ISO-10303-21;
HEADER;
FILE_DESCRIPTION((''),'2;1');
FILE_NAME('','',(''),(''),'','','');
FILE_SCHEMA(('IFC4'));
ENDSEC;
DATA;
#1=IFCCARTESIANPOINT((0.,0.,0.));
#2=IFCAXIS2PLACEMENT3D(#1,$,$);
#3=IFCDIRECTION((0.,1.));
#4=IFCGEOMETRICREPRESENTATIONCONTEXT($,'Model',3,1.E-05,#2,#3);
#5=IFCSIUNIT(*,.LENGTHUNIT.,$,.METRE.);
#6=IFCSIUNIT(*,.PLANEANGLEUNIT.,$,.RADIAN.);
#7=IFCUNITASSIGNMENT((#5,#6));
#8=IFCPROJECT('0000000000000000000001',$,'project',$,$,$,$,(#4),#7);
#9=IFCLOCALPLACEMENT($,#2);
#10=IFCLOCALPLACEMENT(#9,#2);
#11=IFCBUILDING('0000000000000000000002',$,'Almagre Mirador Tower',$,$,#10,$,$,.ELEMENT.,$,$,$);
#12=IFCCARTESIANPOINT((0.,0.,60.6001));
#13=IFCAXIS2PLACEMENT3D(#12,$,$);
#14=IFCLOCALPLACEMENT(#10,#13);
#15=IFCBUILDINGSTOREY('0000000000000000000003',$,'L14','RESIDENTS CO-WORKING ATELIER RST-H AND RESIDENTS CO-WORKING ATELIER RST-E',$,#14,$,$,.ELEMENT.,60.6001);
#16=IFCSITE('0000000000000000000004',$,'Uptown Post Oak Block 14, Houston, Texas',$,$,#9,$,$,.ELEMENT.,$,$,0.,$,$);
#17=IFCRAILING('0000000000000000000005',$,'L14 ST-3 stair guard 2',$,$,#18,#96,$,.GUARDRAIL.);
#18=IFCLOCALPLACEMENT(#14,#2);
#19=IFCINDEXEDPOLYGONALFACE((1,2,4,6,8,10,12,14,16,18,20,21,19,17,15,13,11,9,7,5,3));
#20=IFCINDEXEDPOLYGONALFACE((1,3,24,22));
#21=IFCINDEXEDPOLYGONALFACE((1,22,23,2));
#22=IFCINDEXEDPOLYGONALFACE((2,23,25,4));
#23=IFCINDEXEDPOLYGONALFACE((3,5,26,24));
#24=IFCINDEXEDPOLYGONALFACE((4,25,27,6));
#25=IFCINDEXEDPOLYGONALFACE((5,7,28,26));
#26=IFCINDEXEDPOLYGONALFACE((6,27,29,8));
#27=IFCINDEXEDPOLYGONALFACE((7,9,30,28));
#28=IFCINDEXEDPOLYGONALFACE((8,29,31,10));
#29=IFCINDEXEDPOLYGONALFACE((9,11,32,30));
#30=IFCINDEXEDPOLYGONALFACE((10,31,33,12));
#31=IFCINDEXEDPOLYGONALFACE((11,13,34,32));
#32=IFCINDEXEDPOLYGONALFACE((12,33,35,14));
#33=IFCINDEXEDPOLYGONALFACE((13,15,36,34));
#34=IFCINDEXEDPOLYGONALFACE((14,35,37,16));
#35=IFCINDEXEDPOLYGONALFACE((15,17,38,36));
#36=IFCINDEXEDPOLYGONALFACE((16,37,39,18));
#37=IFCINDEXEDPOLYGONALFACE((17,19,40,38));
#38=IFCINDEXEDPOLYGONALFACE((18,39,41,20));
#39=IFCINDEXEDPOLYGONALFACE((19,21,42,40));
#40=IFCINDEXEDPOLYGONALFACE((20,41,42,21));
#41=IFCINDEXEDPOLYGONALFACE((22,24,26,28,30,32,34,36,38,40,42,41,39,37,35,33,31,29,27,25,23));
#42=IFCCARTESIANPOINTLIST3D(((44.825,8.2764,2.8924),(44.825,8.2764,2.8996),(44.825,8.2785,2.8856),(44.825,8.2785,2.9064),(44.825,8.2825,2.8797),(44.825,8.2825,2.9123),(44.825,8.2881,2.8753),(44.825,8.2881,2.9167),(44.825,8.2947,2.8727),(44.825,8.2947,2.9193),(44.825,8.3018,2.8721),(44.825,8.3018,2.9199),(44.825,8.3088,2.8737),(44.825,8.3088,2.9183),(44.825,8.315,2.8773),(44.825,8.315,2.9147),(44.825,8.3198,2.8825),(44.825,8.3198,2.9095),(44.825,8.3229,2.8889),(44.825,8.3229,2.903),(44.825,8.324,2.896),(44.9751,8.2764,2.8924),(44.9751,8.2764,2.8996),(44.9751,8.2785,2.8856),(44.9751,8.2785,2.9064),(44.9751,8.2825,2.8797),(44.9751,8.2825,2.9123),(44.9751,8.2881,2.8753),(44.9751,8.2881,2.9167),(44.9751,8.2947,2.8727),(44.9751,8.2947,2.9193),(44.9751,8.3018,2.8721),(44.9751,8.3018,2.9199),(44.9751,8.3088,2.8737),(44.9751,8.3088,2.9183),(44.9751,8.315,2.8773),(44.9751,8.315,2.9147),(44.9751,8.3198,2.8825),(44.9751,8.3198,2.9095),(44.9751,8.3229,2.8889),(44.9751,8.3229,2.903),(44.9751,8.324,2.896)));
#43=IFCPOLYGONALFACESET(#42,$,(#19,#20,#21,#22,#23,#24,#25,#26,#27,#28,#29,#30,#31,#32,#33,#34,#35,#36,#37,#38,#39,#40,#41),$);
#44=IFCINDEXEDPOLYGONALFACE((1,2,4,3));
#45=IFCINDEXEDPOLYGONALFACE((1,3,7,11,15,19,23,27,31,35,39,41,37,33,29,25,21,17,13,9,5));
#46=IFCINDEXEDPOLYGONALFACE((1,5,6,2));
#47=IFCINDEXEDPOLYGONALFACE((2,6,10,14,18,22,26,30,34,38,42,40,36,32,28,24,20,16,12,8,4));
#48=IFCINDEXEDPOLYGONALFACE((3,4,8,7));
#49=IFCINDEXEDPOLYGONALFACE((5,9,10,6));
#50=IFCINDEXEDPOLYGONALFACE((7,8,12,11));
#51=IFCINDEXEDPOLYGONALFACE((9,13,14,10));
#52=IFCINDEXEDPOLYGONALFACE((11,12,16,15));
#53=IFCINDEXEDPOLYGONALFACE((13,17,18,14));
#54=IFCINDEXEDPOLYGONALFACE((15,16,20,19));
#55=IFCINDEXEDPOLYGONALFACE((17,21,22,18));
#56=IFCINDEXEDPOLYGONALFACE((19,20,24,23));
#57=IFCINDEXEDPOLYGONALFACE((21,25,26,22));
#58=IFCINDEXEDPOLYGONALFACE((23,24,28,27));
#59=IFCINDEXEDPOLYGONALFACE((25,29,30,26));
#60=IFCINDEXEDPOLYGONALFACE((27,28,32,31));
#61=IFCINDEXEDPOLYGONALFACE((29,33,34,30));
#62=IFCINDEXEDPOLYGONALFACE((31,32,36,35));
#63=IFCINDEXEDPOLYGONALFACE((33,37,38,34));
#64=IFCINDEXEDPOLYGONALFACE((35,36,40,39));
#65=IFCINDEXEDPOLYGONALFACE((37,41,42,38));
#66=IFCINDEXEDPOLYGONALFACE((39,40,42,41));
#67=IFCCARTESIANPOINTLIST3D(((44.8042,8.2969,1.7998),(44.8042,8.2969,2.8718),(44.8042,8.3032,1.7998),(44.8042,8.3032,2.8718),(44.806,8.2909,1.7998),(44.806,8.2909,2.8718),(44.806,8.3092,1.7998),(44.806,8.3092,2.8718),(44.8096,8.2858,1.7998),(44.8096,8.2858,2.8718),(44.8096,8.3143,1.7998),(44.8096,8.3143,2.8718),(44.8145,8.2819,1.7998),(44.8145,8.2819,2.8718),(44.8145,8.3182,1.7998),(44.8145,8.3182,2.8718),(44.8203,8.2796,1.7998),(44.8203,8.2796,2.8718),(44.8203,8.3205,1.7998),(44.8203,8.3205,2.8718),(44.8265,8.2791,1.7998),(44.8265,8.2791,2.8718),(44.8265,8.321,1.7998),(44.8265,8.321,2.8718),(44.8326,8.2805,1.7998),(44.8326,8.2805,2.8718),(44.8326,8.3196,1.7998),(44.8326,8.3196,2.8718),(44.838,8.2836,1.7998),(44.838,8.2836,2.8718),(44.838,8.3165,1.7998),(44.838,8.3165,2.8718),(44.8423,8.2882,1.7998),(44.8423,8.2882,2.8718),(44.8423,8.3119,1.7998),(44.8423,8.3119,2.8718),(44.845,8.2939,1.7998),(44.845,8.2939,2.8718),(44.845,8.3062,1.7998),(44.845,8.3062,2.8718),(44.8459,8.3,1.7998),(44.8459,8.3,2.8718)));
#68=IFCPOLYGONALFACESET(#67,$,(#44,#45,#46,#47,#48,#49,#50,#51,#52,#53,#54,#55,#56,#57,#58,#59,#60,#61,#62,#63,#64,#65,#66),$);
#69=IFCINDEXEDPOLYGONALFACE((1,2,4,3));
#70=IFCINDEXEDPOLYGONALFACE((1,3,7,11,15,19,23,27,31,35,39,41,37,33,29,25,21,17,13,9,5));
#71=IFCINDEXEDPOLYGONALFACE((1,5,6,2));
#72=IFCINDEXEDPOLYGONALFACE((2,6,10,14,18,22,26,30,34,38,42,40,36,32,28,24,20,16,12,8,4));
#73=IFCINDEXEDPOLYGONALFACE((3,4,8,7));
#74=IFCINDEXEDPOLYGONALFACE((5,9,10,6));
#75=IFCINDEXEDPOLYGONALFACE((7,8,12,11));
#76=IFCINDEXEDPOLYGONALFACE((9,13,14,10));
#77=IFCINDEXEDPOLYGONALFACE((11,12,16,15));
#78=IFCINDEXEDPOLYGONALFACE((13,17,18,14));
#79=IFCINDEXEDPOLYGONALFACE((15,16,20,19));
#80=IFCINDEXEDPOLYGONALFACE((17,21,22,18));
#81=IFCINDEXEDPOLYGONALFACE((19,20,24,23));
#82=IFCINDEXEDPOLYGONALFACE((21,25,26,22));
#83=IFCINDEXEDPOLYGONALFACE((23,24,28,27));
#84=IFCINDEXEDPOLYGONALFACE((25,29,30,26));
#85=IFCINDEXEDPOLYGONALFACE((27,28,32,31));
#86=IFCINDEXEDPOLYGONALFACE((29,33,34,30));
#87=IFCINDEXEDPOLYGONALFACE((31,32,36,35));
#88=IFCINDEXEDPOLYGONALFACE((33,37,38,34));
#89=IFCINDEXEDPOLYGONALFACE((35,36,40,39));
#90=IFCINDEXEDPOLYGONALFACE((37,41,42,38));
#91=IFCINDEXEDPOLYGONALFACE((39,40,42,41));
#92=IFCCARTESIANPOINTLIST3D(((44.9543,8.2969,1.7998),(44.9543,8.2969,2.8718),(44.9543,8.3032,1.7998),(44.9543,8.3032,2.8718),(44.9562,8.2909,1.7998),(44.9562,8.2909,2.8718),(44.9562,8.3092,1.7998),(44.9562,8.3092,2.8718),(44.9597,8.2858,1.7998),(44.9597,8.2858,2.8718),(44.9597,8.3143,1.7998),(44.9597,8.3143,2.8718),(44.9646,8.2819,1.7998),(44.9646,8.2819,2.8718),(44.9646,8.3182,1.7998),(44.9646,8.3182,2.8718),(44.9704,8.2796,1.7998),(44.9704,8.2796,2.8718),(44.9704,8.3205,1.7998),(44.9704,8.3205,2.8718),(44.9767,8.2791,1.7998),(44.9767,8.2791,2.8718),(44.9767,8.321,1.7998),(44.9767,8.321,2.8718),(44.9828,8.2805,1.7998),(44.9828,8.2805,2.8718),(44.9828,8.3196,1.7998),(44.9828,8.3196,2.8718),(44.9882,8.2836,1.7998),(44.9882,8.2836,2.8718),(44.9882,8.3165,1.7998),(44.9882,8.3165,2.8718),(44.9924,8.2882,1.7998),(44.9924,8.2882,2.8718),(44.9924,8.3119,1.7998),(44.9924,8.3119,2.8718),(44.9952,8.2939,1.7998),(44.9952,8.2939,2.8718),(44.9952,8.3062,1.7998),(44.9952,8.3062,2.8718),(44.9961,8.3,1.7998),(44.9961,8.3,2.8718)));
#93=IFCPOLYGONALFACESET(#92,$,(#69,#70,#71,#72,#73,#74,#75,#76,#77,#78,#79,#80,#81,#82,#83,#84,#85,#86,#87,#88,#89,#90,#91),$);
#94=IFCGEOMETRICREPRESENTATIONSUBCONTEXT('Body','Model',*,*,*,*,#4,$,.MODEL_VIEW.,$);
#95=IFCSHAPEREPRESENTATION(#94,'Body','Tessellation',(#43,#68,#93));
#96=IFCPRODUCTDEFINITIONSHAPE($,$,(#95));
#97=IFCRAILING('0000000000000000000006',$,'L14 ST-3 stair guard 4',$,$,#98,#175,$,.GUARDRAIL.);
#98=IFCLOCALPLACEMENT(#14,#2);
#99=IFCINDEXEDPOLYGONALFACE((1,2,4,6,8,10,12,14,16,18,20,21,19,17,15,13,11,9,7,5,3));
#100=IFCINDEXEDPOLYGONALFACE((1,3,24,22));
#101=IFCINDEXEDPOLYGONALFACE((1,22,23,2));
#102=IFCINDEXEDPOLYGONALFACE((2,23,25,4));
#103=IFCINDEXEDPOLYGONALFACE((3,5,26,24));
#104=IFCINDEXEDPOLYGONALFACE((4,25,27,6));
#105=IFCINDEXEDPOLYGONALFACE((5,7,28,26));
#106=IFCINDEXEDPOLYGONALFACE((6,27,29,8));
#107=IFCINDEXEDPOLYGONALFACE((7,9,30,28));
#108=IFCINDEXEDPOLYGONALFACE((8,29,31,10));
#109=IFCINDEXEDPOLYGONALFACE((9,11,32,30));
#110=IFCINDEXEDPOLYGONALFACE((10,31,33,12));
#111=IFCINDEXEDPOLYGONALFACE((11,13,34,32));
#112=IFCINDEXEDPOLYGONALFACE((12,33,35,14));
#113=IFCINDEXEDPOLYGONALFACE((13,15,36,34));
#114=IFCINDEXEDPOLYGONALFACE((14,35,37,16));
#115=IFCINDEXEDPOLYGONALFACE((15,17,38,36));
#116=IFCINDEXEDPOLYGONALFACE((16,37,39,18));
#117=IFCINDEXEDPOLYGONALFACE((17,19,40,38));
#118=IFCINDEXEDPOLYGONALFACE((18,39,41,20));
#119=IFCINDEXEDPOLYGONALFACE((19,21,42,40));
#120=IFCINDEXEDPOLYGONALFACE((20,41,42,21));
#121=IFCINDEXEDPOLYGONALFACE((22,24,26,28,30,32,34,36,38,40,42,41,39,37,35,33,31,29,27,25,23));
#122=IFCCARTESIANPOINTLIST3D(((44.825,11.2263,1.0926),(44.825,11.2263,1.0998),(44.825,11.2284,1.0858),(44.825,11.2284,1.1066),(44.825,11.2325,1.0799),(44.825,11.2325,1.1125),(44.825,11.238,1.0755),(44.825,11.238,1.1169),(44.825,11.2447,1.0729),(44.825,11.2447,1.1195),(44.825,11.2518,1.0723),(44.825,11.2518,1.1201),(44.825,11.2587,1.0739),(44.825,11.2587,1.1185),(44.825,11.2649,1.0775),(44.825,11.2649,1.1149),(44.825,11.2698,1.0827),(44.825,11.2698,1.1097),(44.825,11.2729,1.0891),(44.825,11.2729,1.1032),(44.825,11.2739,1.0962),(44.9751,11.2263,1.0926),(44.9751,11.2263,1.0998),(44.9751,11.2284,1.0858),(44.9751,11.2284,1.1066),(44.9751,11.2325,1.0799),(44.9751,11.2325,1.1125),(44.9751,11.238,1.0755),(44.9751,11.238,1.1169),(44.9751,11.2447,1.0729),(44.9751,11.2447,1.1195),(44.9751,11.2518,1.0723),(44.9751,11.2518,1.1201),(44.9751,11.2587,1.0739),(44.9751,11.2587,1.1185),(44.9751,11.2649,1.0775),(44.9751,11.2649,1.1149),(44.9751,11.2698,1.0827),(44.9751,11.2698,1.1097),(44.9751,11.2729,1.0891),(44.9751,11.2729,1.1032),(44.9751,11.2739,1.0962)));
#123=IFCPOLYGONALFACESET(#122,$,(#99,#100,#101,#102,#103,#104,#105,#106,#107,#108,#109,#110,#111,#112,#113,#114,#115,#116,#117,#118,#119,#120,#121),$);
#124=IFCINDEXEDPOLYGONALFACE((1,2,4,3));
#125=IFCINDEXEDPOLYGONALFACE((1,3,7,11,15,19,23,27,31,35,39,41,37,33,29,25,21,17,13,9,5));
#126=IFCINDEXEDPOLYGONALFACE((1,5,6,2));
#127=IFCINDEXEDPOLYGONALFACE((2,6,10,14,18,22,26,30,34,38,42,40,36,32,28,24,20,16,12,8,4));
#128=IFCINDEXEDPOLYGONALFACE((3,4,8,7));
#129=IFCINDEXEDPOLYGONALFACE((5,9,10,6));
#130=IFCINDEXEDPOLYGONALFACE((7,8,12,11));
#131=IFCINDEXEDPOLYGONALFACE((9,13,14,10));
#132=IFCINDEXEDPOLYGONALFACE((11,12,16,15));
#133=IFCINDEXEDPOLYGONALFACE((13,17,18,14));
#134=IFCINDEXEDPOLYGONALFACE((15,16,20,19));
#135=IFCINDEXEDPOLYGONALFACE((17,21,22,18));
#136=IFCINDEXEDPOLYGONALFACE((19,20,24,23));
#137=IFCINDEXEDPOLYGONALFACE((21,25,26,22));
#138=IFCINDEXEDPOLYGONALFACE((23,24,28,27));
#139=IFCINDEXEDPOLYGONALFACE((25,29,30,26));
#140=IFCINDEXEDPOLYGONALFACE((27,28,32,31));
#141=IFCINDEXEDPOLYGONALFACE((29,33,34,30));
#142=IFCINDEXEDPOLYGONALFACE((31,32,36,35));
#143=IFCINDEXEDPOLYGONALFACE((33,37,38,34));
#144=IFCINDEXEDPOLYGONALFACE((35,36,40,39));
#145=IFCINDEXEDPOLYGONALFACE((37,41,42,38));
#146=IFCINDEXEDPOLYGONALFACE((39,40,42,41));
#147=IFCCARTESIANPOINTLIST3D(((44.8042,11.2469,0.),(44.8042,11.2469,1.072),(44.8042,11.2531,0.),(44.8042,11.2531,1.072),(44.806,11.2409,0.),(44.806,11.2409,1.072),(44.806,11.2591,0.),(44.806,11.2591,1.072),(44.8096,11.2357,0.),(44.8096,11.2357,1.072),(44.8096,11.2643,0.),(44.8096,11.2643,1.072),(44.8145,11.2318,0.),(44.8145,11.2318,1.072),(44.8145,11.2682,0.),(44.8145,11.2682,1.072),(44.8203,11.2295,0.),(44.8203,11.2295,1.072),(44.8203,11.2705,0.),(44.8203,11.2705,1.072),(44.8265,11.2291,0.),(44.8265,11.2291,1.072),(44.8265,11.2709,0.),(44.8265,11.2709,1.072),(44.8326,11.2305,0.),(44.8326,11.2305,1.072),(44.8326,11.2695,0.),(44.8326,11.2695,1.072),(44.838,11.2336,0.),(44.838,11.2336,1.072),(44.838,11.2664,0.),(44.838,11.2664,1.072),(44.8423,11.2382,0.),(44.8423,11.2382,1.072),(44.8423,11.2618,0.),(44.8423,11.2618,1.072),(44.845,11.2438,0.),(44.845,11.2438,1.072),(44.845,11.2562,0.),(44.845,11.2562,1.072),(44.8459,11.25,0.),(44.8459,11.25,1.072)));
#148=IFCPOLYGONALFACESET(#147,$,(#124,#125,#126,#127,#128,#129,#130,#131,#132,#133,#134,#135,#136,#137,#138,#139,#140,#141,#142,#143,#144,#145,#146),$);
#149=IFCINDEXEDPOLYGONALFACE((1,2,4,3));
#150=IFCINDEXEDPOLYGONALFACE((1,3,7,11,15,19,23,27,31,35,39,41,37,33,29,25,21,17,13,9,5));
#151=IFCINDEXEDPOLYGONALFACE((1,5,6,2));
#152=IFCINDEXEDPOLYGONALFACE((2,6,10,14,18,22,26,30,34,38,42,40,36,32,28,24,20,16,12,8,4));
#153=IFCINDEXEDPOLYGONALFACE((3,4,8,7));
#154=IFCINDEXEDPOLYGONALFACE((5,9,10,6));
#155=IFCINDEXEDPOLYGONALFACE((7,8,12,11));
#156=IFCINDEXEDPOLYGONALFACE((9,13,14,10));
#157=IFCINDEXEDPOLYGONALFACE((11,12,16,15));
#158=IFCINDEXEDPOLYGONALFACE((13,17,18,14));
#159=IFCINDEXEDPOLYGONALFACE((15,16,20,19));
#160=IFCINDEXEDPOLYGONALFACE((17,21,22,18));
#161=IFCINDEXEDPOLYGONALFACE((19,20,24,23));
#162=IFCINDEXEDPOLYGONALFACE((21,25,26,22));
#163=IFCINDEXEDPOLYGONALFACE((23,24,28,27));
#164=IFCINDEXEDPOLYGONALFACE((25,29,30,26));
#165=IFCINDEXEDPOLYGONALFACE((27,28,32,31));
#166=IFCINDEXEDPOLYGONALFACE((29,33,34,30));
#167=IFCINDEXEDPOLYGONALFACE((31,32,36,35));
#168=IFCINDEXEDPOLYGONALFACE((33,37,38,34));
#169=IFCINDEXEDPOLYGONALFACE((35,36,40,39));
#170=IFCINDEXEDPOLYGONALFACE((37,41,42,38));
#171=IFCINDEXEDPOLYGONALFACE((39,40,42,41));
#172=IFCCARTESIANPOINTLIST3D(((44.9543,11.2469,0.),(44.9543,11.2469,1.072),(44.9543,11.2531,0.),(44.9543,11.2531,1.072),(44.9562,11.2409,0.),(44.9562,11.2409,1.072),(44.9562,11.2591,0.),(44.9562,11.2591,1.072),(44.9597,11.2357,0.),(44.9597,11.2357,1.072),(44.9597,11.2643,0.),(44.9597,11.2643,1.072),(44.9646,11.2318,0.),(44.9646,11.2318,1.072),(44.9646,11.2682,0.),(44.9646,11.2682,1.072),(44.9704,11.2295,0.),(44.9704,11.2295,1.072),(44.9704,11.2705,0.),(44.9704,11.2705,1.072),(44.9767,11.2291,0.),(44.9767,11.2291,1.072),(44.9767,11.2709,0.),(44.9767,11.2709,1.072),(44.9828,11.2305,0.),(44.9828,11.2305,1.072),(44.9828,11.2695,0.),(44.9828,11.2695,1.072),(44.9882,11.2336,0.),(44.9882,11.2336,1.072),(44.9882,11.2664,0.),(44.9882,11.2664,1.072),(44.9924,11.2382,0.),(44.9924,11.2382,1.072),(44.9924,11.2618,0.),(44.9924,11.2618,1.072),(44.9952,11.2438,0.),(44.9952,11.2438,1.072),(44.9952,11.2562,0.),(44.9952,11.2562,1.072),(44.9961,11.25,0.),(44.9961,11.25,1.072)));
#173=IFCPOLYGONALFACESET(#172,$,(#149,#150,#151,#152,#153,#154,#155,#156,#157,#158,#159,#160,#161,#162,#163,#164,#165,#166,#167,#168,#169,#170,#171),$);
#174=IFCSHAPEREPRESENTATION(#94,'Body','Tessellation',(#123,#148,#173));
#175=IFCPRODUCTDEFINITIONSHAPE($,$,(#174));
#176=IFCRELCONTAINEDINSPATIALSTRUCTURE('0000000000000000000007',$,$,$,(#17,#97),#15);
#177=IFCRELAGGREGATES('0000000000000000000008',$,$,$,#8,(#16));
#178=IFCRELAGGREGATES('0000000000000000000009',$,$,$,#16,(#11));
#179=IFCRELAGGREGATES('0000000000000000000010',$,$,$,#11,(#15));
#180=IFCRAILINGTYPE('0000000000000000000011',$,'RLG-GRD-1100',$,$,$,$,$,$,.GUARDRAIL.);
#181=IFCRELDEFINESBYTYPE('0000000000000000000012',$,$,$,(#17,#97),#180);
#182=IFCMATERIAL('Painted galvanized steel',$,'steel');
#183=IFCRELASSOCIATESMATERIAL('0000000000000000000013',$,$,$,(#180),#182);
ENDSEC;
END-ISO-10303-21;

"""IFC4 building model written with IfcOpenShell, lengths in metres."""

from ifc_helpers import new_model, si_unit, direction, frame, origin, origin_2d, place, context, subcontext, project, spatial, circle, extrude, material, type_object, element, save


model = new_model("IFC4")

# Units and contexts
model_context = context("Model", 3, precision=1e-05, world=origin(), true_north=direction((0.0, 1.0)))
body_context = subcontext(model_context, "Body", "Model", "MODEL_VIEW")
ifc_project = project(units=[si_unit("LENGTHUNIT", "METRE"), si_unit("PLANEANGLEUNIT", "RADIAN")], contexts=[model_context])

# Site, building, storey
site_placement = place(None, origin())
site = spatial("IfcSite", under=ifc_project, at=site_placement, Name="Uptown Post Oak Block 14, Houston, Texas", CompositionType="ELEMENT", RefElevation=0.0)
building_placement = place(site_placement, origin())
building = spatial("IfcBuilding", under=site, at=building_placement, Name="Almagre Mirador Tower", CompositionType="ELEMENT")
storey_placement = place(building_placement, frame((0.0, 0.0, 60.6001)))
storey = spatial("IfcBuildingStorey", under=building, at=storey_placement, Name="L14", Description="RESIDENTS CO-WORKING ATELIER RST-H AND RESIDENTS CO-WORKING ATELIER RST-E", CompositionType="ELEMENT", Elevation=60.6001)

# Railings
ifc_material_1 = material(Name="Painted galvanized steel", Category="steel")
railing_type_1 = type_object("IfcRailingType", Name="RLG-GRD-1100", PredefinedType="GUARDRAIL", material=ifc_material_1)
for number, where, name in (
    (1, (44.825, 8.3, 1.7998), "L14 ST-3 stair guard 2"),
    (2, (44.825, 11.25, 0.0), "L14 ST-3 stair guard 4"),
):
    element("IfcRailing", number, at=place(storey_placement, frame(where)), inside=storey, type_object=railing_type_1, Name=name, PredefinedType="GUARDRAIL", context=body_context, shape_type="SweptSolid", body=[
        extrude(circle(Radius=0.0239, at=origin_2d()), frame((0.0, 0.0, 1.0962), z_axis=(1.0, 0.0, 0.0), x_axis=(0.0, 1.0, 0.0)), (0.0, 0.0, 1.0), 0.1501),
        extrude(circle(Radius=0.021, at=origin_2d()), origin(), (0.0, 0.0, 1.0), 1.072),
        extrude(circle(Radius=0.021, at=origin_2d()), frame((0.1501, 0.0, 0.0)), (0.0, 0.0, 1.0), 1.072),
    ])

save(model, "model.ifc")
